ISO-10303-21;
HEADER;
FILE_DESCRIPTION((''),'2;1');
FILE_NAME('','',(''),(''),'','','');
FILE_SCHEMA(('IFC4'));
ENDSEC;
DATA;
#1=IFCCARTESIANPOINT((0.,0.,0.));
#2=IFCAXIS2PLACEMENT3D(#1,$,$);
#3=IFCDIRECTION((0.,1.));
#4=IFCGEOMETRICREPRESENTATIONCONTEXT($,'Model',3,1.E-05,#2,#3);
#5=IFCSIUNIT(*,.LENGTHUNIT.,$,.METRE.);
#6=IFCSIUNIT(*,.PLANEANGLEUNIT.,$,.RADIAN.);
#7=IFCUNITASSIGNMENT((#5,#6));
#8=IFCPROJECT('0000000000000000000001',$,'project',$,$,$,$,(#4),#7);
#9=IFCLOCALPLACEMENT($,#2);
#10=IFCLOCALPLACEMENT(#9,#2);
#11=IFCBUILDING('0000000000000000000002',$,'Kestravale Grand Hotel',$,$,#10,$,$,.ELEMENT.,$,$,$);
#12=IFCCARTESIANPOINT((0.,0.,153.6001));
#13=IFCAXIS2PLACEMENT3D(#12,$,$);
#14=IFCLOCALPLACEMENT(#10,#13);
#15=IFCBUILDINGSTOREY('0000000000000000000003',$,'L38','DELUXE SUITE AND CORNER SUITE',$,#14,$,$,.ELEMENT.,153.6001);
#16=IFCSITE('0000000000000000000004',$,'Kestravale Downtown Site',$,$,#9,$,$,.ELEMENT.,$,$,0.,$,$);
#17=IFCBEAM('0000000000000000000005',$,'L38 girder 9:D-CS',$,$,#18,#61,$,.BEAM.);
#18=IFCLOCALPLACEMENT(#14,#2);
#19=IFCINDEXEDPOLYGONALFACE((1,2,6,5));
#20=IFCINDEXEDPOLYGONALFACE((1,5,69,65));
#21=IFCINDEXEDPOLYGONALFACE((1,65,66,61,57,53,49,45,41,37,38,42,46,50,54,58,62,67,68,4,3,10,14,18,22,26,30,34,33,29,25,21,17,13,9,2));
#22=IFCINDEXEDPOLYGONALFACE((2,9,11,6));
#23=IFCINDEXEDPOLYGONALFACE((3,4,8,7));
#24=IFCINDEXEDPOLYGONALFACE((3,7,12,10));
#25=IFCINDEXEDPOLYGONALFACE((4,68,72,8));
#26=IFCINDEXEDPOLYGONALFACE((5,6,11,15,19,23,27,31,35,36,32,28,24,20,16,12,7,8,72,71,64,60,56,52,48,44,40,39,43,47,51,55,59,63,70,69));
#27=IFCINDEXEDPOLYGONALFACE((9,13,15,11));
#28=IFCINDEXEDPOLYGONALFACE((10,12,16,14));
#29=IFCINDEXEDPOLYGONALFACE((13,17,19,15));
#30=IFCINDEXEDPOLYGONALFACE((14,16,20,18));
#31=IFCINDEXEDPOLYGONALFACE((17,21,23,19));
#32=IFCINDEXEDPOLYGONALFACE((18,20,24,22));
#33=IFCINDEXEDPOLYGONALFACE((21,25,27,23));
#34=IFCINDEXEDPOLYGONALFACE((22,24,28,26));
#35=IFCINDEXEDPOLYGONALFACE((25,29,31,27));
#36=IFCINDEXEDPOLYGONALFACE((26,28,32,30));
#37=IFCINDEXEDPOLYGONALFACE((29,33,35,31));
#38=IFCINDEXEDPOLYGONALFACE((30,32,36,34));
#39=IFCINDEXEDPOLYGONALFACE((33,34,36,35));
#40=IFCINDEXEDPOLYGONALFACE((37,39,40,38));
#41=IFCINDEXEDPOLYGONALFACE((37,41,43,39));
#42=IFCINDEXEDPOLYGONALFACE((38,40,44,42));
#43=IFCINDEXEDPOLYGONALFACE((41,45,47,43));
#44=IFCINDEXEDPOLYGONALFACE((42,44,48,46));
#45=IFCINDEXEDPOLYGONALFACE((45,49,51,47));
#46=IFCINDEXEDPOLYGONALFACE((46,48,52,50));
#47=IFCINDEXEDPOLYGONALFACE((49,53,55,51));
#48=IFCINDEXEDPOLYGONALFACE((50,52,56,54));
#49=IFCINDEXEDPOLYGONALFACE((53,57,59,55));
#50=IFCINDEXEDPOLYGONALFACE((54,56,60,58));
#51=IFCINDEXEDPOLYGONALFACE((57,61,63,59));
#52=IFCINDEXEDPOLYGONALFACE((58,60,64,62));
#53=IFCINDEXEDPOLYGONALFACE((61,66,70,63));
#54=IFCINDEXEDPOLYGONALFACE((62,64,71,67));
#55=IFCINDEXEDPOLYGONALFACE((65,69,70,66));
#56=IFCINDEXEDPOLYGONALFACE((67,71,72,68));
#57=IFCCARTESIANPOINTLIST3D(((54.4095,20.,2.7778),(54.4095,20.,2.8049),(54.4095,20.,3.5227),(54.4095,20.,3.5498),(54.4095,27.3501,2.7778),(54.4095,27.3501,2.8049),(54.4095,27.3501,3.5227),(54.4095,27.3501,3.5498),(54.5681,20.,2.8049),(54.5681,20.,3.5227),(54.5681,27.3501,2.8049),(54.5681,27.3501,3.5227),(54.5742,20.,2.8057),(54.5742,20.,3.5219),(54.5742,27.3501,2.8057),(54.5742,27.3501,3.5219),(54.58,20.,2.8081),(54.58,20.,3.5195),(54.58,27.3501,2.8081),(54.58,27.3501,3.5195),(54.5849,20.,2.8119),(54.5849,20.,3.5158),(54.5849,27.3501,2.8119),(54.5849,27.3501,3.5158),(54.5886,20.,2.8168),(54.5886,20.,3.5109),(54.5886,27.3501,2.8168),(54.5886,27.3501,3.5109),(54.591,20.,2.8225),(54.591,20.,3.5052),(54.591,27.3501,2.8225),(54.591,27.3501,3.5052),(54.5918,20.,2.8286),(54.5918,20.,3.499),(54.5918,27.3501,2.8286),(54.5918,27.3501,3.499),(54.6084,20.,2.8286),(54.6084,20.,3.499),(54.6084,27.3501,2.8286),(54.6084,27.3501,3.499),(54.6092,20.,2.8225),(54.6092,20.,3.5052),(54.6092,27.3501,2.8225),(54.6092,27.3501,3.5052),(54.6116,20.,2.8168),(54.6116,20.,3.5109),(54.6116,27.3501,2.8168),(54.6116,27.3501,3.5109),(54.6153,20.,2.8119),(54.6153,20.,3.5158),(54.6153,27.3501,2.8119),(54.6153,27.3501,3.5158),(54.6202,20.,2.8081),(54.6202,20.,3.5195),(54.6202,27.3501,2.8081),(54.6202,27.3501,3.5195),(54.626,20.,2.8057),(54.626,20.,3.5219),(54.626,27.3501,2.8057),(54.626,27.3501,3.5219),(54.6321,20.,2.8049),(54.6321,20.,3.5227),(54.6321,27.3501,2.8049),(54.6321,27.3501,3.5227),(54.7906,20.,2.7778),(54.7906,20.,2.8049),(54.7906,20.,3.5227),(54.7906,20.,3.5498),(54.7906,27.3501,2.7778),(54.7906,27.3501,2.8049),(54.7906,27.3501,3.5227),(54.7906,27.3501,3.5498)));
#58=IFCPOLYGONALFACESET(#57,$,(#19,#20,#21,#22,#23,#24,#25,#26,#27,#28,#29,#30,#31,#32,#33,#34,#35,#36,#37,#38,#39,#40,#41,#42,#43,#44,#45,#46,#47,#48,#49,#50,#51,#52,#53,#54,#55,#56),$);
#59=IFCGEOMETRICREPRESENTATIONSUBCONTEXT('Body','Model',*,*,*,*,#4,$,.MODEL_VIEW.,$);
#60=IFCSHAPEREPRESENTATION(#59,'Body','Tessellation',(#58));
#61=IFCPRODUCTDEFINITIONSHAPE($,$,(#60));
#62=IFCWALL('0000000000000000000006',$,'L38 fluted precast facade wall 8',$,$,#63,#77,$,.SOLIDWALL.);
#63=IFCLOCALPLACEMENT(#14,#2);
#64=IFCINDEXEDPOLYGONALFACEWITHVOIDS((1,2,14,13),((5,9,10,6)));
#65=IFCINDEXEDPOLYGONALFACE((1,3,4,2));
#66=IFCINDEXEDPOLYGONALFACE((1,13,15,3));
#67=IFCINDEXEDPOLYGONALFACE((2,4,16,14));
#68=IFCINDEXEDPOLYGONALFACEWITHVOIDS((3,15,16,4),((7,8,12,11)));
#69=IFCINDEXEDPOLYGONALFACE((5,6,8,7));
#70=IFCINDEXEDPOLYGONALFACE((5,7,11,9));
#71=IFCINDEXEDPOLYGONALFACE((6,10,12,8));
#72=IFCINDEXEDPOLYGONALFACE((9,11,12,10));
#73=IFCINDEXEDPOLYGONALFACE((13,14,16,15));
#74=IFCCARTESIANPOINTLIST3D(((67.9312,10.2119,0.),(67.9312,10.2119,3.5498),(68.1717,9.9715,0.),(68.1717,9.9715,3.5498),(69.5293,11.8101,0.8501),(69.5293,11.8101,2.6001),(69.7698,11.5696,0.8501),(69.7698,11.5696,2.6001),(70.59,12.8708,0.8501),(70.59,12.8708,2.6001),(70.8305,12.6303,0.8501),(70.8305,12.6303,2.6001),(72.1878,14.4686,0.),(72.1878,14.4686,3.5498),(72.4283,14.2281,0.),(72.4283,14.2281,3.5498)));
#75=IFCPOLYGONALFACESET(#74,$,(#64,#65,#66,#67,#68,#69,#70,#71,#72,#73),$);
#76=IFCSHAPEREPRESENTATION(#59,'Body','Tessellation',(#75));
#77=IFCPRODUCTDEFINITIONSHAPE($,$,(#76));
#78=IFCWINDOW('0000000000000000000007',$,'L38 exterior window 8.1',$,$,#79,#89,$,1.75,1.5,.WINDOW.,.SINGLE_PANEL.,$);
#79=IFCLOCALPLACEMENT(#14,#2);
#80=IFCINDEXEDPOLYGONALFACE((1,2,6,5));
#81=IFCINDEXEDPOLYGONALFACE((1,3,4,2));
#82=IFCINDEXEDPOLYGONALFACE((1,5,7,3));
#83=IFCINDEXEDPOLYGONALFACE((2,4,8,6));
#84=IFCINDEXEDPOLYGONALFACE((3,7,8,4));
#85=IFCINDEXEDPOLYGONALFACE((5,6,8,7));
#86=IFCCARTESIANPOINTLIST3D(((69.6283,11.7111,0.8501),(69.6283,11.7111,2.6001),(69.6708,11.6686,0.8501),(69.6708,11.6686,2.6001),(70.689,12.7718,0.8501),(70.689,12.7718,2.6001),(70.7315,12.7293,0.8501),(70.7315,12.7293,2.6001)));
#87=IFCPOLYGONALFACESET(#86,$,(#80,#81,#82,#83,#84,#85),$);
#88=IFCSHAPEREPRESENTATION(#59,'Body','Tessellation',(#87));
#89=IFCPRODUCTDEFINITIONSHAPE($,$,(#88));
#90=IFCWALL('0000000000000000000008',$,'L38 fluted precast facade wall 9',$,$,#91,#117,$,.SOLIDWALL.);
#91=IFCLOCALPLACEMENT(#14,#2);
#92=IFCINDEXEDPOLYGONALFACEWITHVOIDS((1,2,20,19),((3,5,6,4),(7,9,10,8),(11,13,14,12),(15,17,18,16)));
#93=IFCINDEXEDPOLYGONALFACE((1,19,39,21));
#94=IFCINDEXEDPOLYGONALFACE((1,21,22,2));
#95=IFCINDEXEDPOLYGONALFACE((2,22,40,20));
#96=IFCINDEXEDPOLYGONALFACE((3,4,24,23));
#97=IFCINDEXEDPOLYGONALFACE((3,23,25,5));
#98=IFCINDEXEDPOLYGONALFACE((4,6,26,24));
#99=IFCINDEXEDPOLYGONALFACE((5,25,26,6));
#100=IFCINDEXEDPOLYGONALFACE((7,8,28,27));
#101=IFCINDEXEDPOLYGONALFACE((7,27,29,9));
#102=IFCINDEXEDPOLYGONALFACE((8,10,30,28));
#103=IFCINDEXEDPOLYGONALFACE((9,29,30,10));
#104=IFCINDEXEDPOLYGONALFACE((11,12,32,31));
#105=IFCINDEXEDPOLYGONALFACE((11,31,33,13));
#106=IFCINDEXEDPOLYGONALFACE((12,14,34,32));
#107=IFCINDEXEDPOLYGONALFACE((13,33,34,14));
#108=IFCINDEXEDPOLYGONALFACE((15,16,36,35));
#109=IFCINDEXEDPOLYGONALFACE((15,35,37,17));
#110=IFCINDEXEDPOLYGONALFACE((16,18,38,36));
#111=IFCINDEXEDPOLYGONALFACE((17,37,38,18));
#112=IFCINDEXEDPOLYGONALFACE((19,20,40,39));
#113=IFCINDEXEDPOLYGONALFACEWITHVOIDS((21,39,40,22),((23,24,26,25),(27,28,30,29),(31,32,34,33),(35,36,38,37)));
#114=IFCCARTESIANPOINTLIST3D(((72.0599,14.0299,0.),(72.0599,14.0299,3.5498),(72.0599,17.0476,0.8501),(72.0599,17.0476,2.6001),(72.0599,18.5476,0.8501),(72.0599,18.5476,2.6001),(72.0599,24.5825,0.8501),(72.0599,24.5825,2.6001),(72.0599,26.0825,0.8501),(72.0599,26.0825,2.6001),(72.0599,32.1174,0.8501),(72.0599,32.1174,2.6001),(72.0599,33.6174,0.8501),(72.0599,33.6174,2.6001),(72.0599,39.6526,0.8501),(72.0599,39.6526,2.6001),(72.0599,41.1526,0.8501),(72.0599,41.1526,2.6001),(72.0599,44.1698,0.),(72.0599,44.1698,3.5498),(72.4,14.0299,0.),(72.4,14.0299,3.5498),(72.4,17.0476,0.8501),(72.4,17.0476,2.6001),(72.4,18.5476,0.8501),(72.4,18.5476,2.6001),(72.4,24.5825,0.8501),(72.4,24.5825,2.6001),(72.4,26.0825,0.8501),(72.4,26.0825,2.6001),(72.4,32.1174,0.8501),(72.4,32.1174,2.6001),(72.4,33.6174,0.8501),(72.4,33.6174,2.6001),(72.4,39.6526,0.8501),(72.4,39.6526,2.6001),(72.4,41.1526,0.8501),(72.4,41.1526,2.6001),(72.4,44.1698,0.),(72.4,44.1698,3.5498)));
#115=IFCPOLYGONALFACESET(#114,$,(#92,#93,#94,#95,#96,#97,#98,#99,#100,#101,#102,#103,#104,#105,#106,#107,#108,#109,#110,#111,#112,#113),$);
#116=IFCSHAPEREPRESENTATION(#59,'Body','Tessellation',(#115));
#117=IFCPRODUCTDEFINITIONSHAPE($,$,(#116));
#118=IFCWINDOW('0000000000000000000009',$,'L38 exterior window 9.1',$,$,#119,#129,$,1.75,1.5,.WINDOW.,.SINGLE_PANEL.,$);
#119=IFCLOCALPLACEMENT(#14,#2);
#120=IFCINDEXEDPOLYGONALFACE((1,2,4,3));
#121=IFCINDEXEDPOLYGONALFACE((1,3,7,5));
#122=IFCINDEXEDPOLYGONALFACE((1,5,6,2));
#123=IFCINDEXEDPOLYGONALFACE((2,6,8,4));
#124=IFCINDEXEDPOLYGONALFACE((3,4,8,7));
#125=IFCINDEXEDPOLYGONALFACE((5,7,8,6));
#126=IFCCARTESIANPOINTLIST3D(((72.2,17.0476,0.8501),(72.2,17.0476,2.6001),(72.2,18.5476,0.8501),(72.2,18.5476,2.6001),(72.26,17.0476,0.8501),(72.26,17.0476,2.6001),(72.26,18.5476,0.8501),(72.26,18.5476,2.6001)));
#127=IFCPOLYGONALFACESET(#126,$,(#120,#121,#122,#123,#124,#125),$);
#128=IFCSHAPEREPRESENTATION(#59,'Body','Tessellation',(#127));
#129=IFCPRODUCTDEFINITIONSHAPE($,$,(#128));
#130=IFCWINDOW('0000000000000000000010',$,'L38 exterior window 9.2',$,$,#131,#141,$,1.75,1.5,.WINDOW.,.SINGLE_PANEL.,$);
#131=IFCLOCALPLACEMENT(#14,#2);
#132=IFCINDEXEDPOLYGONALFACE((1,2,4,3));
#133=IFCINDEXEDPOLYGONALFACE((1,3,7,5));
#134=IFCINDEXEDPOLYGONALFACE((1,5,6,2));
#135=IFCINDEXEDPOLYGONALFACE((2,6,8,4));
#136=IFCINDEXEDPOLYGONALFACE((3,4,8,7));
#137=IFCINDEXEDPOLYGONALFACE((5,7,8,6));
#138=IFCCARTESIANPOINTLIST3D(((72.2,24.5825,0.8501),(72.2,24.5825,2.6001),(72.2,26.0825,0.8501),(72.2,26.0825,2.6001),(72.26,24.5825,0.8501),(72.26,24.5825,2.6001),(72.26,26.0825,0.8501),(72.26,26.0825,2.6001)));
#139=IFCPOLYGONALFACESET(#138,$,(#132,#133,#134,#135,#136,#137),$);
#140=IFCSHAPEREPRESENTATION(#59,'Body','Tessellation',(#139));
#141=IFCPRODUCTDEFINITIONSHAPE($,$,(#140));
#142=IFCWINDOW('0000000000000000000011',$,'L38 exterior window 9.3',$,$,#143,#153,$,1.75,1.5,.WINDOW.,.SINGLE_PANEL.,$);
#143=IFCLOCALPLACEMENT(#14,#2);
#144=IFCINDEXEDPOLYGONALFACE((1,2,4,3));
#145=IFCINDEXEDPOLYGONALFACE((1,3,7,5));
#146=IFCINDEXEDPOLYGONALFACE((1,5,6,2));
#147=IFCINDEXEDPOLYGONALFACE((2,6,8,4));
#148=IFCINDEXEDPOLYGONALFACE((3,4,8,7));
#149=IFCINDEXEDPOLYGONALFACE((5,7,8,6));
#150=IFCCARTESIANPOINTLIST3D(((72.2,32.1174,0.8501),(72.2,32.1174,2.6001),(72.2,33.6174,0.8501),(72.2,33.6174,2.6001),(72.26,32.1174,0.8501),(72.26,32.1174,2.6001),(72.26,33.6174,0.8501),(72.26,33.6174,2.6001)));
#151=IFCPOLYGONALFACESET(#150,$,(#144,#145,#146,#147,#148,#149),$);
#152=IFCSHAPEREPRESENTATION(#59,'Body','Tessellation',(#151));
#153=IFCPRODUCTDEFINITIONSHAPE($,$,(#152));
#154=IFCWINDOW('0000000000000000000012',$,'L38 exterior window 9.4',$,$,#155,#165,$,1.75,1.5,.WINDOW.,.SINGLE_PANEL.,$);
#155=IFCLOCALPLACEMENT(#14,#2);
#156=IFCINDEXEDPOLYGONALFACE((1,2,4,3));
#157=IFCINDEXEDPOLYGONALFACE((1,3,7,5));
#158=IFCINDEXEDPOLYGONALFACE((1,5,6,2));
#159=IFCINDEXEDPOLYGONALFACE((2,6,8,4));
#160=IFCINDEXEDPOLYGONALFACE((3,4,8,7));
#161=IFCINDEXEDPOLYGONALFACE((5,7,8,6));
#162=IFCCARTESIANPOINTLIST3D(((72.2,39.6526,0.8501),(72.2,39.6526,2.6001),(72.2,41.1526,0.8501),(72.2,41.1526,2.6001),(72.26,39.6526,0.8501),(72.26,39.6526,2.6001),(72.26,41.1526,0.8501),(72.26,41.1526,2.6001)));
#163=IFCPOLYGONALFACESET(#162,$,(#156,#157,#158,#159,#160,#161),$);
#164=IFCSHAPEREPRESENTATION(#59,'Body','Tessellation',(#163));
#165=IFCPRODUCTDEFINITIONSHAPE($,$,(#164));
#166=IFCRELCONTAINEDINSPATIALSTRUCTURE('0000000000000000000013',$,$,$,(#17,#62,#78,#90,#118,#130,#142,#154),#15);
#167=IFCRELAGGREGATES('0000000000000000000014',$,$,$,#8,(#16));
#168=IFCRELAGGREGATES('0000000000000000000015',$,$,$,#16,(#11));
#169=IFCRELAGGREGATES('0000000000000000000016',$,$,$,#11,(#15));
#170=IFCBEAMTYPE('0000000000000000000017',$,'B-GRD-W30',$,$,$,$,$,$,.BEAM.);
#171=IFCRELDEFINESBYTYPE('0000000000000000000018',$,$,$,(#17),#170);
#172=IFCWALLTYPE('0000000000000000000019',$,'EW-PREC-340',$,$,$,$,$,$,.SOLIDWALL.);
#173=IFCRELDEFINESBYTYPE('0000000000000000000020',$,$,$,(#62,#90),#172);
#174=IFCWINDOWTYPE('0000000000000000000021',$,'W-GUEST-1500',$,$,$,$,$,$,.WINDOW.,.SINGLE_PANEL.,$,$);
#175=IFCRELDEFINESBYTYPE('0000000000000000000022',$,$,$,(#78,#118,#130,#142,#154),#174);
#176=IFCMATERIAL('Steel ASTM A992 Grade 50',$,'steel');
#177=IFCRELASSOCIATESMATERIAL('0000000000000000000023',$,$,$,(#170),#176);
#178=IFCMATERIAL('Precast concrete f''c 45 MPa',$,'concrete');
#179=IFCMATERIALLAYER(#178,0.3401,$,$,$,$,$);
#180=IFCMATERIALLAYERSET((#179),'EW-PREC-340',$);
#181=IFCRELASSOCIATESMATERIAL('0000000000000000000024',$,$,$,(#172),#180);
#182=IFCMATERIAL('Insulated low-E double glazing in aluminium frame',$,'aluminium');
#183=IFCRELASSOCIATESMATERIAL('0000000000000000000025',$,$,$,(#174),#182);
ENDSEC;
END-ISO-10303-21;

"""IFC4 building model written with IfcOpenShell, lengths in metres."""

from ifc_helpers import new_model, si_unit, direction, frame, frame_2d, origin, origin_2d, place, context, subcontext, project, spatial, rectangle, i_section, extrude, material, layer, layer_set, material_profile, profile_set, type_object, element, fill, save


model = new_model("IFC4")

# Units and contexts
model_context = context("Model", 3, precision=1e-05, world=origin(), true_north=direction((0.0, 1.0)))
body_context = subcontext(model_context, "Body", "Model", "MODEL_VIEW")
ifc_project = project(units=[si_unit("LENGTHUNIT", "METRE"), si_unit("PLANEANGLEUNIT", "RADIAN")], contexts=[model_context])

# Site, building, storey
site_placement = place(None, origin())
site = spatial("IfcSite", under=ifc_project, at=site_placement, Name="Kestravale Downtown Site", CompositionType="ELEMENT", RefElevation=0.0)
building_placement = place(site_placement, origin())
building = spatial("IfcBuilding", under=site, at=building_placement, Name="Kestravale Grand Hotel", CompositionType="ELEMENT")
storey_placement = place(building_placement, frame((0.0, 0.0, 153.6001)))
storey = spatial("IfcBuildingStorey", under=building, at=storey_placement, Name="L38", Description="DELUXE SUITE AND CORNER SUITE", CompositionType="ELEMENT", Elevation=153.6001)

# Beam
ifc_material_1 = material(Name="Steel ASTM A992 Grade 50", Category="steel")
ifc_material_profile_1 = material_profile(ifc_material_1, i_section(OverallWidth=0.3811, OverallDepth=0.772, WebThickness=0.0166, FlangeThickness=0.0271, FilletRadius=0.0237, at=origin_2d()))
ifc_profile_set_1 = profile_set([ifc_material_profile_1], Name="Steel ASTM A992 Grade 50")
beam_type_1 = type_object("IfcBeamType", Name="B-GRD-W30", PredefinedType="BEAM", material=ifc_profile_set_1)
beam_1_placement = place(storey_placement, frame((54.6001, 20.0, 3.1638), z_axis=(0.0, 1.0, 0.0), x_axis=(-1.0, 0.0, 0.0)))
element("IfcBeam", 1, at=beam_1_placement, inside=storey, type_object=beam_type_1, Name="L38 girder 9:D-CS", PredefinedType="BEAM", context=body_context, shape_type="SweptSolid", body=[
    extrude(i_section(OverallWidth=0.3811, OverallDepth=0.772, WebThickness=0.0166, FlangeThickness=0.0271, FilletRadius=0.0237, at=origin_2d()), origin(), (0.0, 0.0, 1.0), 7.3501),
])

# Wall, opening, window
ifc_material_2 = material(Name="Precast concrete f'c 45 MPa", Category="concrete")
ifc_layer_1 = layer(ifc_material_2, 0.3401)
ifc_layer_set_1 = layer_set([ifc_layer_1], Name="EW-PREC-340")
wall_type_1 = type_object("IfcWallType", Name="EW-PREC-340", PredefinedType="SOLIDWALL", material=ifc_layer_set_1)
wall_1_placement = place(storey_placement, frame((68.0515, 10.0918, 0.0), z_axis=(0.0, 0.0, 1.0), x_axis=(0.707107, 0.707107, 0.0)))
wall_1 = element("IfcWall", 2, at=wall_1_placement, inside=storey, type_object=wall_type_1, Name="L38 fluted precast facade wall 8", PredefinedType="SOLIDWALL", context=body_context, shape_type="SweptSolid", body=[
    extrude(rectangle(XDim=6.0198, YDim=0.3401, at=frame_2d((3.0098, 0.0))), origin(), (0.0, 0.0, 1.0), 3.5498),
])
opening_1_placement = place(wall_1_placement, frame((2.26, 0.0, 0.8501)))
opening_1 = element("IfcOpeningElement", 3, at=opening_1_placement, cuts=wall_1, PredefinedType="OPENING", context=body_context, shape_type="SweptSolid", body=[
    extrude(rectangle(XDim=1.5, YDim=1.75, at=frame_2d((0.75, 0.875))), frame((0.0, 0.1799, 0.0), z_axis=(0.0, -1.0, 0.0), x_axis=(1.0, 0.0, 0.0)), (0.0, 0.0, 1.0), 0.3601),
])
ifc_material_3 = material(Name="Insulated low-E double glazing in aluminium frame", Category="aluminium")
window_type = type_object("IfcWindowType", Name="W-GUEST-1500", PartitioningType="SINGLE_PANEL", PredefinedType="WINDOW", material=ifc_material_3)
window_1_placement = place(opening_1_placement, origin())
window_1 = element("IfcWindow", 4, at=window_1_placement, inside=storey, type_object=window_type, Name="L38 exterior window 8.1", OverallHeight=1.75, OverallWidth=1.5, PartitioningType="SINGLE_PANEL", PredefinedType="WINDOW", context=body_context, shape_type="SweptSolid", body=[
    extrude(rectangle(XDim=1.5, YDim=1.75, at=frame_2d((0.75, 0.875))), frame((0.0, 0.03, 0.0), z_axis=(0.0, -1.0, 0.0), x_axis=(1.0, 0.0, 0.0)), (0.0, 0.0, 1.0), 0.0601),
])
fill(opening_1, window_1)

# Wall, openings, windows
wall_2_placement = place(storey_placement, frame((72.23, 14.03, 0.0), z_axis=(0.0, 0.0, 1.0), x_axis=(0.0, 1.0, 0.0)))
wall_2 = element("IfcWall", 5, at=wall_2_placement, inside=storey, type_object=wall_type_1, Name="L38 fluted precast facade wall 9", PredefinedType="SOLIDWALL", context=body_context, shape_type="SweptSolid", body=[
    extrude(rectangle(XDim=30.1399, YDim=0.3401, at=frame_2d((15.0698, 0.0))), origin(), (0.0, 0.0, 1.0), 3.5498),
])
opening_2_placement = place(wall_2_placement, frame((3.0176, 0.0, 0.8501)))
opening_2 = element("IfcOpeningElement", 6, at=opening_2_placement, cuts=wall_2, PredefinedType="OPENING", context=body_context, shape_type="SweptSolid", body=[
    extrude(rectangle(XDim=1.5, YDim=1.75, at=frame_2d((0.75, 0.875))), frame((0.0, 0.1799, 0.0), z_axis=(0.0, -1.0, 0.0), x_axis=(1.0, 0.0, 0.0)), (0.0, 0.0, 1.0), 0.3601),
])
opening_3_placement = place(wall_2_placement, frame((10.5525, 0.0, 0.8501)))
opening_3 = element("IfcOpeningElement", 7, at=opening_3_placement, cuts=wall_2, PredefinedType="OPENING", context=body_context, shape_type="SweptSolid", body=[
    extrude(rectangle(XDim=1.5, YDim=1.75, at=frame_2d((0.75, 0.875))), frame((0.0, 0.1799, 0.0), z_axis=(0.0, -1.0, 0.0), x_axis=(1.0, 0.0, 0.0)), (0.0, 0.0, 1.0), 0.3601),
])
opening_4_placement = place(wall_2_placement, frame((18.0874, 0.0, 0.8501)))
opening_4 = element("IfcOpeningElement", 8, at=opening_4_placement, cuts=wall_2, PredefinedType="OPENING", context=body_context, shape_type="SweptSolid", body=[
    extrude(rectangle(XDim=1.5, YDim=1.75, at=frame_2d((0.75, 0.875))), frame((0.0, 0.1799, 0.0), z_axis=(0.0, -1.0, 0.0), x_axis=(1.0, 0.0, 0.0)), (0.0, 0.0, 1.0), 0.3601),
])
opening_5_placement = place(wall_2_placement, frame((25.6226, 0.0, 0.8501)))
opening_5 = element("IfcOpeningElement", 9, at=opening_5_placement, cuts=wall_2, PredefinedType="OPENING", context=body_context, shape_type="SweptSolid", body=[
    extrude(rectangle(XDim=1.5, YDim=1.75, at=frame_2d((0.75, 0.875))), frame((0.0, 0.1799, 0.0), z_axis=(0.0, -1.0, 0.0), x_axis=(1.0, 0.0, 0.0)), (0.0, 0.0, 1.0), 0.3601),
])
window_2_placement = place(opening_2_placement, origin())
window_2 = element("IfcWindow", 10, at=window_2_placement, inside=storey, type_object=window_type, Name="L38 exterior window 9.1", OverallHeight=1.75, OverallWidth=1.5, PartitioningType="SINGLE_PANEL", PredefinedType="WINDOW", context=body_context, shape_type="SweptSolid", body=[
    extrude(rectangle(XDim=1.5, YDim=1.75, at=frame_2d((0.75, 0.875))), frame((0.0, 0.03, 0.0), z_axis=(0.0, -1.0, 0.0), x_axis=(1.0, 0.0, 0.0)), (0.0, 0.0, 1.0), 0.0601),
])
fill(opening_2, window_2)
window_3_placement = place(opening_3_placement, origin())
window_3 = element("IfcWindow", 11, at=window_3_placement, inside=storey, type_object=window_type, Name="L38 exterior window 9.2", OverallHeight=1.75, OverallWidth=1.5, PartitioningType="SINGLE_PANEL", PredefinedType="WINDOW", context=body_context, shape_type="SweptSolid", body=[
    extrude(rectangle(XDim=1.5, YDim=1.75, at=frame_2d((0.75, 0.875))), frame((0.0, 0.03, 0.0), z_axis=(0.0, -1.0, 0.0), x_axis=(1.0, 0.0, 0.0)), (0.0, 0.0, 1.0), 0.0601),
])
fill(opening_3, window_3)
window_4_placement = place(opening_4_placement, origin())
window_4 = element("IfcWindow", 12, at=window_4_placement, inside=storey, type_object=window_type, Name="L38 exterior window 9.3", OverallHeight=1.75, OverallWidth=1.5, PartitioningType="SINGLE_PANEL", PredefinedType="WINDOW", context=body_context, shape_type="SweptSolid", body=[
    extrude(rectangle(XDim=1.5, YDim=1.75, at=frame_2d((0.75, 0.875))), frame((0.0, 0.03, 0.0), z_axis=(0.0, -1.0, 0.0), x_axis=(1.0, 0.0, 0.0)), (0.0, 0.0, 1.0), 0.0601),
])
fill(opening_4, window_4)
window_5_placement = place(opening_5_placement, origin())
window_5 = element("IfcWindow", 13, at=window_5_placement, inside=storey, type_object=window_type, Name="L38 exterior window 9.4", OverallHeight=1.75, OverallWidth=1.5, PartitioningType="SINGLE_PANEL", PredefinedType="WINDOW", context=body_context, shape_type="SweptSolid", body=[
    extrude(rectangle(XDim=1.5, YDim=1.75, at=frame_2d((0.75, 0.875))), frame((0.0, 0.03, 0.0), z_axis=(0.0, -1.0, 0.0), x_axis=(1.0, 0.0, 0.0)), (0.0, 0.0, 1.0), 0.0601),
])
fill(opening_5, window_5)

save(model, "model.ifc")
